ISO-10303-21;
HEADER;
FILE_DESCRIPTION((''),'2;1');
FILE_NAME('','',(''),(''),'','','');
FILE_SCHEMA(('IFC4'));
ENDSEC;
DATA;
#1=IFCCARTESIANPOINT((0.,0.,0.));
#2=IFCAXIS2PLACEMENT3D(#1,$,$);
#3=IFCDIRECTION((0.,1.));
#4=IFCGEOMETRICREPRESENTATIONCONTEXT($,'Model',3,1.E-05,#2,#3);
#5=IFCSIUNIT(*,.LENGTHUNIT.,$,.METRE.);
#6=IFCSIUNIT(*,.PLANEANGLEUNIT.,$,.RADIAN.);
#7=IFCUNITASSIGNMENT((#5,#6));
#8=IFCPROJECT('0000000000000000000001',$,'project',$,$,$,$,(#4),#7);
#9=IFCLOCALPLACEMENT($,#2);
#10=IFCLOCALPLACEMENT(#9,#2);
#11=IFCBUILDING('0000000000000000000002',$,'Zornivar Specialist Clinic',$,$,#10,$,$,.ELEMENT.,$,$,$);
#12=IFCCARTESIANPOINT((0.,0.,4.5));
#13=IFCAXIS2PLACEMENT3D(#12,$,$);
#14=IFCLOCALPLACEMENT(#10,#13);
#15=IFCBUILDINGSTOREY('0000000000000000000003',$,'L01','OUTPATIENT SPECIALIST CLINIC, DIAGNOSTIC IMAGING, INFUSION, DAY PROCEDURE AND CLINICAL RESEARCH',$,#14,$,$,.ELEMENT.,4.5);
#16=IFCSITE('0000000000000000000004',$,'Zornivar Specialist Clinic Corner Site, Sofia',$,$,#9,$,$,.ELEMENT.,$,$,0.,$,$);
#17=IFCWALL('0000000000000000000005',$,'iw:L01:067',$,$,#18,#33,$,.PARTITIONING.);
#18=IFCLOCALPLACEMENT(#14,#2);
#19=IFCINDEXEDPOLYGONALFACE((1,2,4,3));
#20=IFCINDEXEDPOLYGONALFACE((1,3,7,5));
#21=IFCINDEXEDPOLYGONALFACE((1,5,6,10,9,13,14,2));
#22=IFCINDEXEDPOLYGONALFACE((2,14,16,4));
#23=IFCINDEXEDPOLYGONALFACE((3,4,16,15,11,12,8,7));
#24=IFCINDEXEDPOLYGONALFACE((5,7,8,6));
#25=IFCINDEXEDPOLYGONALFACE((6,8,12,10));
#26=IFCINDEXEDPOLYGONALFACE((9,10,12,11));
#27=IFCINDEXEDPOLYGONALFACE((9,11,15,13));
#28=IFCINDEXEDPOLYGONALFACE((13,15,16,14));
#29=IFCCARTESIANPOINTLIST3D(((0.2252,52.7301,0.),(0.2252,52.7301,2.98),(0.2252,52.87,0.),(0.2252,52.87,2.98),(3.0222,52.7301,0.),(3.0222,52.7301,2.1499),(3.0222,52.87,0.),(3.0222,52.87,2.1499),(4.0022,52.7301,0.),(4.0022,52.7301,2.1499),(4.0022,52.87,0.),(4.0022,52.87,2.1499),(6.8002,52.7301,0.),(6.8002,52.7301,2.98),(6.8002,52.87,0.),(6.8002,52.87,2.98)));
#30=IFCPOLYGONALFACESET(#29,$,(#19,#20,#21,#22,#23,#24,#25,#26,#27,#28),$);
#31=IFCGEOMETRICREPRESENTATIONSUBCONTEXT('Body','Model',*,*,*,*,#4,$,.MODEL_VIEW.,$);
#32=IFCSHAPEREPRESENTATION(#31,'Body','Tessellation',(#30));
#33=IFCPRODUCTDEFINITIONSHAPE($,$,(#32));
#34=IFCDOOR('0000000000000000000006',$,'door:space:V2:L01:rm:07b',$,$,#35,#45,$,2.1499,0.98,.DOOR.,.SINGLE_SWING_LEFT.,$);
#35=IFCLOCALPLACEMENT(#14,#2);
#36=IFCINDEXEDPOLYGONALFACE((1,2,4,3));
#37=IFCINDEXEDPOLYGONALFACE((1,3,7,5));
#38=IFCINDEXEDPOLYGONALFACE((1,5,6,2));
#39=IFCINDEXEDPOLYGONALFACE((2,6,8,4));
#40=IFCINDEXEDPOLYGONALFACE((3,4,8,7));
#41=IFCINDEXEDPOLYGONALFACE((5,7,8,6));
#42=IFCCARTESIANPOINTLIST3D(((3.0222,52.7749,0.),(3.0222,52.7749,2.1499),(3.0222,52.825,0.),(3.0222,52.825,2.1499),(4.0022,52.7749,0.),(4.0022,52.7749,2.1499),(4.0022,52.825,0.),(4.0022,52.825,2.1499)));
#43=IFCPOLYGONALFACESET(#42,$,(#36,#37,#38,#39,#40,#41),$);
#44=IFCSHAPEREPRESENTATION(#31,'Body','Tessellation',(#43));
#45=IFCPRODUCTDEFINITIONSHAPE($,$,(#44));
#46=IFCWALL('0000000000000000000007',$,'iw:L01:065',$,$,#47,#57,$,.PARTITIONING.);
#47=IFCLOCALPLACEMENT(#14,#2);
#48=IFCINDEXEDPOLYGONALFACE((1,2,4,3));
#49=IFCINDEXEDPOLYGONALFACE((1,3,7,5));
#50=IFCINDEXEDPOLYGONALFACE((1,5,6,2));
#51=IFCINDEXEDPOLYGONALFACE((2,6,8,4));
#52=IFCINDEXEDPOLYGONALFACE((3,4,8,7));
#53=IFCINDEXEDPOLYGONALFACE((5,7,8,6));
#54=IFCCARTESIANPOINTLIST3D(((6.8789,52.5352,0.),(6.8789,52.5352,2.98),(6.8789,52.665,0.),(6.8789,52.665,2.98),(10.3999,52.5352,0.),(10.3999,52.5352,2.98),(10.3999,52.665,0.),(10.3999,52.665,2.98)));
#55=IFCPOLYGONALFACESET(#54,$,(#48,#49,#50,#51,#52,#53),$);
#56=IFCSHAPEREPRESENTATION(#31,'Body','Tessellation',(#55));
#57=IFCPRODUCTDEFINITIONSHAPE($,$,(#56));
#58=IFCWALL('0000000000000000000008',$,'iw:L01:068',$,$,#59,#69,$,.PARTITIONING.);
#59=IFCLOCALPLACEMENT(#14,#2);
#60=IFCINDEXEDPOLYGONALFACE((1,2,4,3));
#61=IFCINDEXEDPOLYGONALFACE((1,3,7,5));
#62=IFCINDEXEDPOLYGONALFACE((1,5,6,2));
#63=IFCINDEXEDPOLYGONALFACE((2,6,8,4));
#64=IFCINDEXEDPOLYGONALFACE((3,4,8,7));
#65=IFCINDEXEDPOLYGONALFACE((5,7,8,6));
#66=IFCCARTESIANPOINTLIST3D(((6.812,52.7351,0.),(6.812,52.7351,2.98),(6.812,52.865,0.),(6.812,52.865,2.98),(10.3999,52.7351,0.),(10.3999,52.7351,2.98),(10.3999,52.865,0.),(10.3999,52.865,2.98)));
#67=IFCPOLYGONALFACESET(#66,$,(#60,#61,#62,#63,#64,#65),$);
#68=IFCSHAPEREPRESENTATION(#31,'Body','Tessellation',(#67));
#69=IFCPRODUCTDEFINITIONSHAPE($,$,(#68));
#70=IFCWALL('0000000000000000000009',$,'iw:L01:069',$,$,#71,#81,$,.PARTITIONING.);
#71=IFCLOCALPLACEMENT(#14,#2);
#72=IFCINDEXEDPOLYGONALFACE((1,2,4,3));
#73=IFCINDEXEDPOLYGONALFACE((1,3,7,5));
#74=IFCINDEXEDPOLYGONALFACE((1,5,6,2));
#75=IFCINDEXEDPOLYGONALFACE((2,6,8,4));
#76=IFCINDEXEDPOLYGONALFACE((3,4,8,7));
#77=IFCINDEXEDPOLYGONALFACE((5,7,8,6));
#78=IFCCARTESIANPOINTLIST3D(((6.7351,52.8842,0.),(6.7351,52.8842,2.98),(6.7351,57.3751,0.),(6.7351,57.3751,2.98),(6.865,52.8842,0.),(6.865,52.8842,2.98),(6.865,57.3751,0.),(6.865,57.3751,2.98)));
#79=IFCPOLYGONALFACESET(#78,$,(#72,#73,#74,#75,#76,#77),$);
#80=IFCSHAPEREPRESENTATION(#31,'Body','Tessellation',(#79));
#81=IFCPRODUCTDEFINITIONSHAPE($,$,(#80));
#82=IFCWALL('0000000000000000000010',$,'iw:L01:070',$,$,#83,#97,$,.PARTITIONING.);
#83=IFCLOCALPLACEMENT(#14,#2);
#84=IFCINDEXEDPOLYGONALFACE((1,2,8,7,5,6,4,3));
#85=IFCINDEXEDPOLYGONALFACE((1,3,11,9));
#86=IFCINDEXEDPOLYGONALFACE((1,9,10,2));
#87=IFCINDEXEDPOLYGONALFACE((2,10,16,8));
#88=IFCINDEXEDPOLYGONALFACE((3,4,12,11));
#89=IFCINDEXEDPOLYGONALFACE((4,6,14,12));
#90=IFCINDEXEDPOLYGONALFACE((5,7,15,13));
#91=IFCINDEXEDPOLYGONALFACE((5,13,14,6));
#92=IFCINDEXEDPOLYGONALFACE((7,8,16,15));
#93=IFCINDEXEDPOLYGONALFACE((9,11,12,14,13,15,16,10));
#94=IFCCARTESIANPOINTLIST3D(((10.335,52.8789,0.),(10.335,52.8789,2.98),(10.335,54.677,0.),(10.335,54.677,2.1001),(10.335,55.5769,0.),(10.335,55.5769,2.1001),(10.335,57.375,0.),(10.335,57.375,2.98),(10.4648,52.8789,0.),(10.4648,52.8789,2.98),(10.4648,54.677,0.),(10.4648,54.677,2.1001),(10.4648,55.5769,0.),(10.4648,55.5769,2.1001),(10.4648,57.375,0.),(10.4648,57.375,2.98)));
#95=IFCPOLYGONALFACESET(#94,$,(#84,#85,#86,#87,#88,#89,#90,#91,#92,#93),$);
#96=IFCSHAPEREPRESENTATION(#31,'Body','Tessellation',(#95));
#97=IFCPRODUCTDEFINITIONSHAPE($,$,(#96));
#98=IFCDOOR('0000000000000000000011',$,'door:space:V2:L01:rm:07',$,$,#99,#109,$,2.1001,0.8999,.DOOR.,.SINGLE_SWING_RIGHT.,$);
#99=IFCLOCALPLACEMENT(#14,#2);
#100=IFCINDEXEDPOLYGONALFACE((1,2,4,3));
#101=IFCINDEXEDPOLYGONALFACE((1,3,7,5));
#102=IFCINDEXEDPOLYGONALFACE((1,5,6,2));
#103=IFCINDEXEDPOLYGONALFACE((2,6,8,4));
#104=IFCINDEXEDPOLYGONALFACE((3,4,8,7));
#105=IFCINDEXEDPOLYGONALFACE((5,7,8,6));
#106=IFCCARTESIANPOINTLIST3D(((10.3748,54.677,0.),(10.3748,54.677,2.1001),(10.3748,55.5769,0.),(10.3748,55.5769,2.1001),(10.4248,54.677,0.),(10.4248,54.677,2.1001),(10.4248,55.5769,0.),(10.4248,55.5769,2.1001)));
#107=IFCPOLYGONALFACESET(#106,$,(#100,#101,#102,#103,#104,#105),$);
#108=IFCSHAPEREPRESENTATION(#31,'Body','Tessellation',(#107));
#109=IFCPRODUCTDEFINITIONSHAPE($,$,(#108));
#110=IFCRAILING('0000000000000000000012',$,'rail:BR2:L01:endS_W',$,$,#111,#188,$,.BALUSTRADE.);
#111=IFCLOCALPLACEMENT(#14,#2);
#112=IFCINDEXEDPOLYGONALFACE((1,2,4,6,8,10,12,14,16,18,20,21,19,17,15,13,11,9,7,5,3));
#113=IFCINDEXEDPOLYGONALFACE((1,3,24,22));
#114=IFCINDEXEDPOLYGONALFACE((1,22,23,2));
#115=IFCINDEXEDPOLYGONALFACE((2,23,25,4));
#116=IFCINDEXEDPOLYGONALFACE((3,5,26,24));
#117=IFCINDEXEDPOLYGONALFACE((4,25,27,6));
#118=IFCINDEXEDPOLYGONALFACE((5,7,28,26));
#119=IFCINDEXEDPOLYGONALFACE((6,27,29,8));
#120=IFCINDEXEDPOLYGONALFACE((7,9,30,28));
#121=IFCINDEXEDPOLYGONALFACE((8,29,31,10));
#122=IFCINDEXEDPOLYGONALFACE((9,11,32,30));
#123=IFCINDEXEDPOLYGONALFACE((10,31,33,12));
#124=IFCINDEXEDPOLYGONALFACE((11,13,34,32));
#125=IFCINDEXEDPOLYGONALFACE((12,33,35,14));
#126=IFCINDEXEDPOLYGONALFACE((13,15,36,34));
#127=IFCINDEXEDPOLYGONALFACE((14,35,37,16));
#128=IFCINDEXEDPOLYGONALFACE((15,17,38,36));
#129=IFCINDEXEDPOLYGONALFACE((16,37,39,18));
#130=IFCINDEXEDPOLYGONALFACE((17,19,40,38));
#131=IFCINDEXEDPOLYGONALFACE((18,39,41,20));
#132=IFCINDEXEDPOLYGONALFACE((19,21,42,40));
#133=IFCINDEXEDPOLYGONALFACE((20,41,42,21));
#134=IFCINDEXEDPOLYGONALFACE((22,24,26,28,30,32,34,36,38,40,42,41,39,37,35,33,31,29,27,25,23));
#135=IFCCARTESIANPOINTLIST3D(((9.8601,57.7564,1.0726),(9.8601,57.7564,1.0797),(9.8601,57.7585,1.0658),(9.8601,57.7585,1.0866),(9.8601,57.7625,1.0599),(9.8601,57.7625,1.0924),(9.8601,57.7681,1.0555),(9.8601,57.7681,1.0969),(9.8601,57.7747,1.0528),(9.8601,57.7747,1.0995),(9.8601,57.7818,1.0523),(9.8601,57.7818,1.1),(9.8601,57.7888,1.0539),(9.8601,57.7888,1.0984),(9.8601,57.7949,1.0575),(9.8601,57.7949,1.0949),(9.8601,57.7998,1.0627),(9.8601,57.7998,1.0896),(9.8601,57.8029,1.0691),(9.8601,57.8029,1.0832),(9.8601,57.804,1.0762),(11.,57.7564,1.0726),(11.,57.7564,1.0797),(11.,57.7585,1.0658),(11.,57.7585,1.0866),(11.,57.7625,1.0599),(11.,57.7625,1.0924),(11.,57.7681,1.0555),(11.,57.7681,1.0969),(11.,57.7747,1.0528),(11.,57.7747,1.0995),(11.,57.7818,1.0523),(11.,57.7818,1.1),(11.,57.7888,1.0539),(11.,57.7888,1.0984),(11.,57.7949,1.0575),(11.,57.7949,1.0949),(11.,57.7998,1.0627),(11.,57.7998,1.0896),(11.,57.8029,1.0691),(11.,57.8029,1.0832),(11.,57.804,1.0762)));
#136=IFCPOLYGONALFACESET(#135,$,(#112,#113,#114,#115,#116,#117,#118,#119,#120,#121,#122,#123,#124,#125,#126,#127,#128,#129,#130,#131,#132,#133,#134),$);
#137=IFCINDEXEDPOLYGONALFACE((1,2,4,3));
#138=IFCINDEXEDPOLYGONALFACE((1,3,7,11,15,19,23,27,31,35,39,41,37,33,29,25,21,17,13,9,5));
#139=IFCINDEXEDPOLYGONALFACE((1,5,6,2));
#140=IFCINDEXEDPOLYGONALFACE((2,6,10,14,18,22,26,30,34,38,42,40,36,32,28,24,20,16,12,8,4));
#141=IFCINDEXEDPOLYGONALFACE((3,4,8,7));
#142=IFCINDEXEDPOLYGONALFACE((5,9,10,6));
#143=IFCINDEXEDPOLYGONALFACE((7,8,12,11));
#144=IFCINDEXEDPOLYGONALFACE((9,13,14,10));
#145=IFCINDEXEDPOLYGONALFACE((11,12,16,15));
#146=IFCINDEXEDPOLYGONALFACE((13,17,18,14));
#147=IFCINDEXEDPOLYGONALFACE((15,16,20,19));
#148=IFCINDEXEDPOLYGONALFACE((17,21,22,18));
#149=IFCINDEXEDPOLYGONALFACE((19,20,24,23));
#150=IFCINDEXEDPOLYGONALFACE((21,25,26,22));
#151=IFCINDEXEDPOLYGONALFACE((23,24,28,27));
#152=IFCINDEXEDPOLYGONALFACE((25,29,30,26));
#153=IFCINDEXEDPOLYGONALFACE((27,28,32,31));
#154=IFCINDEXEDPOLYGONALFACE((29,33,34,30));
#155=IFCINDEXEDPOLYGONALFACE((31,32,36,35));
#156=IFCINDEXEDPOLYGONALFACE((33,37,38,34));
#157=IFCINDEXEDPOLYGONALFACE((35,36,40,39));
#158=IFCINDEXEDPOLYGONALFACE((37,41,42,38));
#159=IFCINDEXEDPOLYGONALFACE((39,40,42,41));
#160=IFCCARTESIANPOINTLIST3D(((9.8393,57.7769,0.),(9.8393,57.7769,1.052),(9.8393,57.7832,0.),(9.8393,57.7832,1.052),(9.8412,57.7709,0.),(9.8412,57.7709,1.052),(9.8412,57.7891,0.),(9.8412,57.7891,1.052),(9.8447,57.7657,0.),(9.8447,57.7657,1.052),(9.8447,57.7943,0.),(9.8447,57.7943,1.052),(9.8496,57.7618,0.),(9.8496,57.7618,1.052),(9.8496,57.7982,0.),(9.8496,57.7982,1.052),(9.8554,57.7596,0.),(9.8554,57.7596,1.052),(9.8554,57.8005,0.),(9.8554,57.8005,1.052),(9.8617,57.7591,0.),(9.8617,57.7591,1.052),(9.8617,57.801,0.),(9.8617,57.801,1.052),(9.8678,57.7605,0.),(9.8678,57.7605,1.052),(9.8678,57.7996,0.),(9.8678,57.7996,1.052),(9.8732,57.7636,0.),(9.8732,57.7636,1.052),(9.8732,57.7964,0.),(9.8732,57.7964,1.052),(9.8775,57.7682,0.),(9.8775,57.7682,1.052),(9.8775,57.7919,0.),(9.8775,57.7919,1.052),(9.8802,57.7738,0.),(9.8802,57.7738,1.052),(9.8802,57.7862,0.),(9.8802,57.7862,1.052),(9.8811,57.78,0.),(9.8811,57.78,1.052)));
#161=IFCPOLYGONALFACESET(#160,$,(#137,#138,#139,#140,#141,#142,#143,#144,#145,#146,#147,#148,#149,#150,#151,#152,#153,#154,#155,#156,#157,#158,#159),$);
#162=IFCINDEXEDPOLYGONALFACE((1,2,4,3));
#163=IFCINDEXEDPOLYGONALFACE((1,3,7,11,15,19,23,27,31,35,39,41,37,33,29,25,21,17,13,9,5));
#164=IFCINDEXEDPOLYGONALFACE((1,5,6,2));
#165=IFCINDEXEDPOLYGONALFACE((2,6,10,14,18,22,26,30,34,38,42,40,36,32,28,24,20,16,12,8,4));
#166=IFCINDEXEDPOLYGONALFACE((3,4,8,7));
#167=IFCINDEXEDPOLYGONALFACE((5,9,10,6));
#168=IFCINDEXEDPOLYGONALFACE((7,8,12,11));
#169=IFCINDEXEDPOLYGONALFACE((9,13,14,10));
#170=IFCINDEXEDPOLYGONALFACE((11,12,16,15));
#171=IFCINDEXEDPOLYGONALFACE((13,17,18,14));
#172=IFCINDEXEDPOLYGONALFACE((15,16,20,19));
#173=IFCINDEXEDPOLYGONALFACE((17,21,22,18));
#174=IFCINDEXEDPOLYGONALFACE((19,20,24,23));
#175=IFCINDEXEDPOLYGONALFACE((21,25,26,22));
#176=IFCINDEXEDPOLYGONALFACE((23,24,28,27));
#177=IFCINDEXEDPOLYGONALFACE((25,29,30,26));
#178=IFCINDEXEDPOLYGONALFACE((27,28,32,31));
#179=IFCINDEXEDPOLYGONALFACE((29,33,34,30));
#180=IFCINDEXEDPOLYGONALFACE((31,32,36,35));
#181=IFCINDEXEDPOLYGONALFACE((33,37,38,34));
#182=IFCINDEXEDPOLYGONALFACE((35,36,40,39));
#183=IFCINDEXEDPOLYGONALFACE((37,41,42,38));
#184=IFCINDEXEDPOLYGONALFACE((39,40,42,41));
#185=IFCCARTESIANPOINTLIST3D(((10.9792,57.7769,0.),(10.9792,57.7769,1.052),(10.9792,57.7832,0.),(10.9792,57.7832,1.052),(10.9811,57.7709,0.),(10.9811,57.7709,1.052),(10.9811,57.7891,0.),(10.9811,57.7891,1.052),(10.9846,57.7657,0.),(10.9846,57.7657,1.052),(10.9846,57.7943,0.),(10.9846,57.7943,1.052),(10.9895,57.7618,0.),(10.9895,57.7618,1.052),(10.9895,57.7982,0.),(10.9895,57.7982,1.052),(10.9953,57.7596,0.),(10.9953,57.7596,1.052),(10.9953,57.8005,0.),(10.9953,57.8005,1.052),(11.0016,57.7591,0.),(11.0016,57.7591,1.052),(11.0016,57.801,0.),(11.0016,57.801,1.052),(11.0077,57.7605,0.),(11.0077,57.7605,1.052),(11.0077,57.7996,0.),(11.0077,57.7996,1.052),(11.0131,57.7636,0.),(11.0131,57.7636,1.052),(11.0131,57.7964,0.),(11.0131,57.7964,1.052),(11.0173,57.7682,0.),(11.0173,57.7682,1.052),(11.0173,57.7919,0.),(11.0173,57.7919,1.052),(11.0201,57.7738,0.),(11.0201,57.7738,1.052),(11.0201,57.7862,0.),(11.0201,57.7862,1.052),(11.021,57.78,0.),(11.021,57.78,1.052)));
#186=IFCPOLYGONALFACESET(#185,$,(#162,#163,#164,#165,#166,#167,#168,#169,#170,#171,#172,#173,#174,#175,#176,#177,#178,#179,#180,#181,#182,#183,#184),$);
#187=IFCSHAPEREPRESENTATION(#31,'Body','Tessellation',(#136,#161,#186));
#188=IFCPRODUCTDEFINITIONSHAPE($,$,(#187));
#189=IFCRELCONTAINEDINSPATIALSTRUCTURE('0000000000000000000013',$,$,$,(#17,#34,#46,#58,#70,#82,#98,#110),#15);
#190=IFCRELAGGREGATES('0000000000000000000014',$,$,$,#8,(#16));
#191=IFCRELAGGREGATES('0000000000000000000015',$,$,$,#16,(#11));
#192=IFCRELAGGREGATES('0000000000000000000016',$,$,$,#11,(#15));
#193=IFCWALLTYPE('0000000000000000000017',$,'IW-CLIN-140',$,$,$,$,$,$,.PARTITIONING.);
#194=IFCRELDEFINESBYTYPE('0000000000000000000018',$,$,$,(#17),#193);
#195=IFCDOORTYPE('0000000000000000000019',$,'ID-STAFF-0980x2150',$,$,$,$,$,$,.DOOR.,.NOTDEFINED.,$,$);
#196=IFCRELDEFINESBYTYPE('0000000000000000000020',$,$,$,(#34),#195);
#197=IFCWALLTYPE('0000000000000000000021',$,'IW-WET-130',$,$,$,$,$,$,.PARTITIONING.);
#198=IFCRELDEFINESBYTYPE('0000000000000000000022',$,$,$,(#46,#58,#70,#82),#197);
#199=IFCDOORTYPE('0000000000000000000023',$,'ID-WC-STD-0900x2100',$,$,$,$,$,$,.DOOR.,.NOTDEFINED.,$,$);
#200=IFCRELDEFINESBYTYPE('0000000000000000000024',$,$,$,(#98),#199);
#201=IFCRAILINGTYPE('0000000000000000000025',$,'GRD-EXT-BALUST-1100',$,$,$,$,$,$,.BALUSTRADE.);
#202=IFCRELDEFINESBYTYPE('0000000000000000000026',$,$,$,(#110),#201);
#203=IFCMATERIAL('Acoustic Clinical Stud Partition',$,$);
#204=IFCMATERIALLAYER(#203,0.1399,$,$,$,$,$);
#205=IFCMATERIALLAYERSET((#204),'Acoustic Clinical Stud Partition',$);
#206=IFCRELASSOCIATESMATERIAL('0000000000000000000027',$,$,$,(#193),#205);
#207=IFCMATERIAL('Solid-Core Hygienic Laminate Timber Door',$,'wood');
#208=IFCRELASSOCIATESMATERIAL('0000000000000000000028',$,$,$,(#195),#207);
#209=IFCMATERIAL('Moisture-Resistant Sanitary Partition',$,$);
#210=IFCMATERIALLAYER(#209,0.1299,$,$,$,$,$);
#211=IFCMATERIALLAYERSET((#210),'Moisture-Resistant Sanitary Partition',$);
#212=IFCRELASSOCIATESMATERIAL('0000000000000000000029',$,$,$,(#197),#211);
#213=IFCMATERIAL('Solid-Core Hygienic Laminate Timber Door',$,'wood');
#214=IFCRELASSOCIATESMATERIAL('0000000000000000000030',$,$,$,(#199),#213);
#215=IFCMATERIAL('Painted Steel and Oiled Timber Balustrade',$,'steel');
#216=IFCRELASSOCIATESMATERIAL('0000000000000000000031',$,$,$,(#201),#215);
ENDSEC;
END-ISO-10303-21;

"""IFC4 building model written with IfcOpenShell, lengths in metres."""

from ifc_helpers import new_model, si_unit, direction, frame, frame_2d, origin, origin_2d, place, context, subcontext, project, spatial, rectangle, circle, extrude, material, layer, layer_set, type_object, element, fill, save


model = new_model("IFC4")

# Units and contexts
model_context = context("Model", 3, precision=1e-05, world=origin(), true_north=direction((0.0, 1.0)))
body_context = subcontext(model_context, "Body", "Model", "MODEL_VIEW")
ifc_project = project(units=[si_unit("LENGTHUNIT", "METRE"), si_unit("PLANEANGLEUNIT", "RADIAN")], contexts=[model_context])

# Site, building, storey
site_placement = place(None, origin())
site = spatial("IfcSite", under=ifc_project, at=site_placement, Name="Zornivar Specialist Clinic Corner Site, Sofia", CompositionType="ELEMENT", RefElevation=0.0)
building_placement = place(site_placement, origin())
building = spatial("IfcBuilding", under=site, at=building_placement, Name="Zornivar Specialist Clinic", CompositionType="ELEMENT")
storey_placement = place(building_placement, frame((0.0, 0.0, 4.5)))
storey = spatial("IfcBuildingStorey", under=building, at=storey_placement, Name="L01", Description="OUTPATIENT SPECIALIST CLINIC, DIAGNOSTIC IMAGING, INFUSION, DAY PROCEDURE AND CLINICAL RESEARCH", CompositionType="ELEMENT", Elevation=4.5)

# Wall, opening, door
ifc_material_1 = material(Name="Acoustic Clinical Stud Partition")
ifc_layer_1 = layer(ifc_material_1, 0.1399)
ifc_layer_set_1 = layer_set([ifc_layer_1], Name="Acoustic Clinical Stud Partition")
wall_type_1 = type_object("IfcWallType", Name="IW-CLIN-140", PredefinedType="PARTITIONING", material=ifc_layer_set_1)
wall_1_placement = place(storey_placement, frame((0.2251, 52.8, 0.0), z_axis=(0.0, 0.0, 1.0), x_axis=(1.0, 0.0, 0.0)))
wall_1 = element("IfcWall", 1, at=wall_1_placement, inside=storey, type_object=wall_type_1, Name="iw:L01:067", PredefinedType="PARTITIONING", context=body_context, shape_type="SweptSolid", body=[
    extrude(rectangle(XDim=6.575, YDim=0.1399, at=frame_2d((3.2876, 0.0))), origin(), (0.0, 0.0, 1.0), 2.98),
])
opening_1_placement = place(wall_1_placement, frame((2.7971, 0.0, 0.0)))
opening_1 = element("IfcOpeningElement", 2, at=opening_1_placement, cuts=wall_1, PredefinedType="OPENING", context=body_context, shape_type="SweptSolid", body=[
    extrude(rectangle(XDim=0.98, YDim=2.1499, at=frame_2d((0.49, 1.075))), frame((0.0, 0.0798, 0.0), z_axis=(0.0, -1.0, 0.0), x_axis=(1.0, 0.0, 0.0)), (0.0, 0.0, 1.0), 0.1599),
])
ifc_material_2 = material(Name="Solid-Core Hygienic Laminate Timber Door", Category="wood")
door_type_1 = type_object("IfcDoorType", Name="ID-STAFF-0980x2150", OperationType="NOTDEFINED", PredefinedType="DOOR", material=ifc_material_2)
door_1_placement = place(opening_1_placement, origin())
door_1 = element("IfcDoor", 3, at=door_1_placement, inside=storey, type_object=door_type_1, Name="door:space:V2:L01:rm:07b", OperationType="SINGLE_SWING_LEFT", OverallHeight=2.1499, OverallWidth=0.98, PredefinedType="DOOR", context=body_context, shape_type="SweptSolid", body=[
    extrude(rectangle(XDim=0.98, YDim=2.1499, at=frame_2d((0.49, 1.075))), frame((0.0, 0.0249, 0.0), z_axis=(0.0, -1.0, 0.0), x_axis=(1.0, 0.0, 0.0)), (0.0, 0.0, 1.0), 0.05),
])
fill(opening_1, door_1)

# Walls
ifc_material_3 = material(Name="Moisture-Resistant Sanitary Partition")
ifc_layer_2 = layer(ifc_material_3, 0.1299)
ifc_layer_set_2 = layer_set([ifc_layer_2], Name="Moisture-Resistant Sanitary Partition")
wall_type_2 = type_object("IfcWallType", Name="IW-WET-130", PredefinedType="PARTITIONING", material=ifc_layer_set_2)
wall_2_placement = place(storey_placement, frame((6.8789, 52.6001, 0.0), z_axis=(0.0, 0.0, 1.0), x_axis=(1.0, 0.0, 0.0)))
element("IfcWall", 4, at=wall_2_placement, inside=storey, type_object=wall_type_2, Name="iw:L01:065", PredefinedType="PARTITIONING", context=body_context, shape_type="SweptSolid", body=[
    extrude(rectangle(XDim=3.521, YDim=0.1299, at=frame_2d((1.7605, 0.0))), origin(), (0.0, 0.0, 1.0), 2.98),
])
wall_3_placement = place(storey_placement, frame((6.812, 52.8, 0.0), z_axis=(0.0, 0.0, 1.0), x_axis=(1.0, 0.0, 0.0)))
element("IfcWall", 5, at=wall_3_placement, inside=storey, type_object=wall_type_2, Name="iw:L01:068", PredefinedType="PARTITIONING", context=body_context, shape_type="SweptSolid", body=[
    extrude(rectangle(XDim=3.5879, YDim=0.1299, at=frame_2d((1.7939, 0.0))), origin(), (0.0, 0.0, 1.0), 2.98),
])
wall_4_placement = place(storey_placement, frame((6.8, 52.884, 0.0), z_axis=(0.0, 0.0, 1.0), x_axis=(0.0, 1.0, 0.0)))
element("IfcWall", 6, at=wall_4_placement, inside=storey, type_object=wall_type_2, Name="iw:L01:069", PredefinedType="PARTITIONING", context=body_context, shape_type="SweptSolid", body=[
    extrude(rectangle(XDim=4.491, YDim=0.1299, at=frame_2d((2.2456, 0.0))), origin(), (0.0, 0.0, 1.0), 2.98),
])

# Wall, opening, door
wall_5_placement = place(storey_placement, frame((10.3999, 57.375, 0.0), z_axis=(0.0, 0.0, 1.0), x_axis=(0.0, -1.0, 0.0)))
wall_5 = element("IfcWall", 7, at=wall_5_placement, inside=storey, type_object=wall_type_2, Name="iw:L01:070", PredefinedType="PARTITIONING", context=body_context, shape_type="SweptSolid", body=[
    extrude(rectangle(XDim=4.4961, YDim=0.1299, at=frame_2d((2.248, 0.0))), origin(), (0.0, 0.0, 1.0), 2.98),
])
opening_2_placement = place(wall_5_placement, frame((1.7981, 0.0, 0.0)))
opening_2 = element("IfcOpeningElement", 8, at=opening_2_placement, cuts=wall_5, PredefinedType="OPENING", context=body_context, shape_type="SweptSolid", body=[
    extrude(rectangle(XDim=0.8999, YDim=2.1001, at=frame_2d((0.45, 1.05))), frame((0.0, 0.075, 0.0), z_axis=(0.0, -1.0, 0.0), x_axis=(1.0, 0.0, 0.0)), (0.0, 0.0, 1.0), 0.1499),
])
ifc_material_4 = material(Name="Solid-Core Hygienic Laminate Timber Door", Category="wood")
door_type_2 = type_object("IfcDoorType", Name="ID-WC-STD-0900x2100", OperationType="NOTDEFINED", PredefinedType="DOOR", material=ifc_material_4)
door_2_placement = place(opening_2_placement, origin())
door_2 = element("IfcDoor", 9, at=door_2_placement, inside=storey, type_object=door_type_2, Name="door:space:V2:L01:rm:07", OperationType="SINGLE_SWING_RIGHT", OverallHeight=2.1001, OverallWidth=0.8999, PredefinedType="DOOR", context=body_context, shape_type="SweptSolid", body=[
    extrude(rectangle(XDim=0.8999, YDim=2.1001, at=frame_2d((0.45, 1.05))), frame((0.0, 0.0249, 0.0), z_axis=(0.0, -1.0, 0.0), x_axis=(1.0, 0.0, 0.0)), (0.0, 0.0, 1.0), 0.05),
])
fill(opening_2, door_2)

# Railing
ifc_material_5 = material(Name="Painted Steel and Oiled Timber Balustrade", Category="steel")
railing_type = type_object("IfcRailingType", Name="GRD-EXT-BALUST-1100", PredefinedType="BALUSTRADE", material=ifc_material_5)
railing_1_placement = place(storey_placement, frame((9.8601, 57.78, 0.0)))
element("IfcRailing", 10, at=railing_1_placement, inside=storey, type_object=railing_type, Name="rail:BR2:L01:endS_W", PredefinedType="BALUSTRADE", context=body_context, shape_type="SweptSolid", body=[
    extrude(circle(Radius=0.0239, at=origin_2d()), frame((0.0, 0.0, 1.0762), z_axis=(1.0, 0.0, 0.0), x_axis=(0.0, 1.0, 0.0)), (0.0, 0.0, 1.0), 1.1399),
    extrude(circle(Radius=0.021, at=origin_2d()), origin(), (0.0, 0.0, 1.0), 1.052),
    extrude(circle(Radius=0.021, at=origin_2d()), frame((1.1399, 0.0, 0.0)), (0.0, 0.0, 1.0), 1.052),
])

save(model, "model.ifc")
